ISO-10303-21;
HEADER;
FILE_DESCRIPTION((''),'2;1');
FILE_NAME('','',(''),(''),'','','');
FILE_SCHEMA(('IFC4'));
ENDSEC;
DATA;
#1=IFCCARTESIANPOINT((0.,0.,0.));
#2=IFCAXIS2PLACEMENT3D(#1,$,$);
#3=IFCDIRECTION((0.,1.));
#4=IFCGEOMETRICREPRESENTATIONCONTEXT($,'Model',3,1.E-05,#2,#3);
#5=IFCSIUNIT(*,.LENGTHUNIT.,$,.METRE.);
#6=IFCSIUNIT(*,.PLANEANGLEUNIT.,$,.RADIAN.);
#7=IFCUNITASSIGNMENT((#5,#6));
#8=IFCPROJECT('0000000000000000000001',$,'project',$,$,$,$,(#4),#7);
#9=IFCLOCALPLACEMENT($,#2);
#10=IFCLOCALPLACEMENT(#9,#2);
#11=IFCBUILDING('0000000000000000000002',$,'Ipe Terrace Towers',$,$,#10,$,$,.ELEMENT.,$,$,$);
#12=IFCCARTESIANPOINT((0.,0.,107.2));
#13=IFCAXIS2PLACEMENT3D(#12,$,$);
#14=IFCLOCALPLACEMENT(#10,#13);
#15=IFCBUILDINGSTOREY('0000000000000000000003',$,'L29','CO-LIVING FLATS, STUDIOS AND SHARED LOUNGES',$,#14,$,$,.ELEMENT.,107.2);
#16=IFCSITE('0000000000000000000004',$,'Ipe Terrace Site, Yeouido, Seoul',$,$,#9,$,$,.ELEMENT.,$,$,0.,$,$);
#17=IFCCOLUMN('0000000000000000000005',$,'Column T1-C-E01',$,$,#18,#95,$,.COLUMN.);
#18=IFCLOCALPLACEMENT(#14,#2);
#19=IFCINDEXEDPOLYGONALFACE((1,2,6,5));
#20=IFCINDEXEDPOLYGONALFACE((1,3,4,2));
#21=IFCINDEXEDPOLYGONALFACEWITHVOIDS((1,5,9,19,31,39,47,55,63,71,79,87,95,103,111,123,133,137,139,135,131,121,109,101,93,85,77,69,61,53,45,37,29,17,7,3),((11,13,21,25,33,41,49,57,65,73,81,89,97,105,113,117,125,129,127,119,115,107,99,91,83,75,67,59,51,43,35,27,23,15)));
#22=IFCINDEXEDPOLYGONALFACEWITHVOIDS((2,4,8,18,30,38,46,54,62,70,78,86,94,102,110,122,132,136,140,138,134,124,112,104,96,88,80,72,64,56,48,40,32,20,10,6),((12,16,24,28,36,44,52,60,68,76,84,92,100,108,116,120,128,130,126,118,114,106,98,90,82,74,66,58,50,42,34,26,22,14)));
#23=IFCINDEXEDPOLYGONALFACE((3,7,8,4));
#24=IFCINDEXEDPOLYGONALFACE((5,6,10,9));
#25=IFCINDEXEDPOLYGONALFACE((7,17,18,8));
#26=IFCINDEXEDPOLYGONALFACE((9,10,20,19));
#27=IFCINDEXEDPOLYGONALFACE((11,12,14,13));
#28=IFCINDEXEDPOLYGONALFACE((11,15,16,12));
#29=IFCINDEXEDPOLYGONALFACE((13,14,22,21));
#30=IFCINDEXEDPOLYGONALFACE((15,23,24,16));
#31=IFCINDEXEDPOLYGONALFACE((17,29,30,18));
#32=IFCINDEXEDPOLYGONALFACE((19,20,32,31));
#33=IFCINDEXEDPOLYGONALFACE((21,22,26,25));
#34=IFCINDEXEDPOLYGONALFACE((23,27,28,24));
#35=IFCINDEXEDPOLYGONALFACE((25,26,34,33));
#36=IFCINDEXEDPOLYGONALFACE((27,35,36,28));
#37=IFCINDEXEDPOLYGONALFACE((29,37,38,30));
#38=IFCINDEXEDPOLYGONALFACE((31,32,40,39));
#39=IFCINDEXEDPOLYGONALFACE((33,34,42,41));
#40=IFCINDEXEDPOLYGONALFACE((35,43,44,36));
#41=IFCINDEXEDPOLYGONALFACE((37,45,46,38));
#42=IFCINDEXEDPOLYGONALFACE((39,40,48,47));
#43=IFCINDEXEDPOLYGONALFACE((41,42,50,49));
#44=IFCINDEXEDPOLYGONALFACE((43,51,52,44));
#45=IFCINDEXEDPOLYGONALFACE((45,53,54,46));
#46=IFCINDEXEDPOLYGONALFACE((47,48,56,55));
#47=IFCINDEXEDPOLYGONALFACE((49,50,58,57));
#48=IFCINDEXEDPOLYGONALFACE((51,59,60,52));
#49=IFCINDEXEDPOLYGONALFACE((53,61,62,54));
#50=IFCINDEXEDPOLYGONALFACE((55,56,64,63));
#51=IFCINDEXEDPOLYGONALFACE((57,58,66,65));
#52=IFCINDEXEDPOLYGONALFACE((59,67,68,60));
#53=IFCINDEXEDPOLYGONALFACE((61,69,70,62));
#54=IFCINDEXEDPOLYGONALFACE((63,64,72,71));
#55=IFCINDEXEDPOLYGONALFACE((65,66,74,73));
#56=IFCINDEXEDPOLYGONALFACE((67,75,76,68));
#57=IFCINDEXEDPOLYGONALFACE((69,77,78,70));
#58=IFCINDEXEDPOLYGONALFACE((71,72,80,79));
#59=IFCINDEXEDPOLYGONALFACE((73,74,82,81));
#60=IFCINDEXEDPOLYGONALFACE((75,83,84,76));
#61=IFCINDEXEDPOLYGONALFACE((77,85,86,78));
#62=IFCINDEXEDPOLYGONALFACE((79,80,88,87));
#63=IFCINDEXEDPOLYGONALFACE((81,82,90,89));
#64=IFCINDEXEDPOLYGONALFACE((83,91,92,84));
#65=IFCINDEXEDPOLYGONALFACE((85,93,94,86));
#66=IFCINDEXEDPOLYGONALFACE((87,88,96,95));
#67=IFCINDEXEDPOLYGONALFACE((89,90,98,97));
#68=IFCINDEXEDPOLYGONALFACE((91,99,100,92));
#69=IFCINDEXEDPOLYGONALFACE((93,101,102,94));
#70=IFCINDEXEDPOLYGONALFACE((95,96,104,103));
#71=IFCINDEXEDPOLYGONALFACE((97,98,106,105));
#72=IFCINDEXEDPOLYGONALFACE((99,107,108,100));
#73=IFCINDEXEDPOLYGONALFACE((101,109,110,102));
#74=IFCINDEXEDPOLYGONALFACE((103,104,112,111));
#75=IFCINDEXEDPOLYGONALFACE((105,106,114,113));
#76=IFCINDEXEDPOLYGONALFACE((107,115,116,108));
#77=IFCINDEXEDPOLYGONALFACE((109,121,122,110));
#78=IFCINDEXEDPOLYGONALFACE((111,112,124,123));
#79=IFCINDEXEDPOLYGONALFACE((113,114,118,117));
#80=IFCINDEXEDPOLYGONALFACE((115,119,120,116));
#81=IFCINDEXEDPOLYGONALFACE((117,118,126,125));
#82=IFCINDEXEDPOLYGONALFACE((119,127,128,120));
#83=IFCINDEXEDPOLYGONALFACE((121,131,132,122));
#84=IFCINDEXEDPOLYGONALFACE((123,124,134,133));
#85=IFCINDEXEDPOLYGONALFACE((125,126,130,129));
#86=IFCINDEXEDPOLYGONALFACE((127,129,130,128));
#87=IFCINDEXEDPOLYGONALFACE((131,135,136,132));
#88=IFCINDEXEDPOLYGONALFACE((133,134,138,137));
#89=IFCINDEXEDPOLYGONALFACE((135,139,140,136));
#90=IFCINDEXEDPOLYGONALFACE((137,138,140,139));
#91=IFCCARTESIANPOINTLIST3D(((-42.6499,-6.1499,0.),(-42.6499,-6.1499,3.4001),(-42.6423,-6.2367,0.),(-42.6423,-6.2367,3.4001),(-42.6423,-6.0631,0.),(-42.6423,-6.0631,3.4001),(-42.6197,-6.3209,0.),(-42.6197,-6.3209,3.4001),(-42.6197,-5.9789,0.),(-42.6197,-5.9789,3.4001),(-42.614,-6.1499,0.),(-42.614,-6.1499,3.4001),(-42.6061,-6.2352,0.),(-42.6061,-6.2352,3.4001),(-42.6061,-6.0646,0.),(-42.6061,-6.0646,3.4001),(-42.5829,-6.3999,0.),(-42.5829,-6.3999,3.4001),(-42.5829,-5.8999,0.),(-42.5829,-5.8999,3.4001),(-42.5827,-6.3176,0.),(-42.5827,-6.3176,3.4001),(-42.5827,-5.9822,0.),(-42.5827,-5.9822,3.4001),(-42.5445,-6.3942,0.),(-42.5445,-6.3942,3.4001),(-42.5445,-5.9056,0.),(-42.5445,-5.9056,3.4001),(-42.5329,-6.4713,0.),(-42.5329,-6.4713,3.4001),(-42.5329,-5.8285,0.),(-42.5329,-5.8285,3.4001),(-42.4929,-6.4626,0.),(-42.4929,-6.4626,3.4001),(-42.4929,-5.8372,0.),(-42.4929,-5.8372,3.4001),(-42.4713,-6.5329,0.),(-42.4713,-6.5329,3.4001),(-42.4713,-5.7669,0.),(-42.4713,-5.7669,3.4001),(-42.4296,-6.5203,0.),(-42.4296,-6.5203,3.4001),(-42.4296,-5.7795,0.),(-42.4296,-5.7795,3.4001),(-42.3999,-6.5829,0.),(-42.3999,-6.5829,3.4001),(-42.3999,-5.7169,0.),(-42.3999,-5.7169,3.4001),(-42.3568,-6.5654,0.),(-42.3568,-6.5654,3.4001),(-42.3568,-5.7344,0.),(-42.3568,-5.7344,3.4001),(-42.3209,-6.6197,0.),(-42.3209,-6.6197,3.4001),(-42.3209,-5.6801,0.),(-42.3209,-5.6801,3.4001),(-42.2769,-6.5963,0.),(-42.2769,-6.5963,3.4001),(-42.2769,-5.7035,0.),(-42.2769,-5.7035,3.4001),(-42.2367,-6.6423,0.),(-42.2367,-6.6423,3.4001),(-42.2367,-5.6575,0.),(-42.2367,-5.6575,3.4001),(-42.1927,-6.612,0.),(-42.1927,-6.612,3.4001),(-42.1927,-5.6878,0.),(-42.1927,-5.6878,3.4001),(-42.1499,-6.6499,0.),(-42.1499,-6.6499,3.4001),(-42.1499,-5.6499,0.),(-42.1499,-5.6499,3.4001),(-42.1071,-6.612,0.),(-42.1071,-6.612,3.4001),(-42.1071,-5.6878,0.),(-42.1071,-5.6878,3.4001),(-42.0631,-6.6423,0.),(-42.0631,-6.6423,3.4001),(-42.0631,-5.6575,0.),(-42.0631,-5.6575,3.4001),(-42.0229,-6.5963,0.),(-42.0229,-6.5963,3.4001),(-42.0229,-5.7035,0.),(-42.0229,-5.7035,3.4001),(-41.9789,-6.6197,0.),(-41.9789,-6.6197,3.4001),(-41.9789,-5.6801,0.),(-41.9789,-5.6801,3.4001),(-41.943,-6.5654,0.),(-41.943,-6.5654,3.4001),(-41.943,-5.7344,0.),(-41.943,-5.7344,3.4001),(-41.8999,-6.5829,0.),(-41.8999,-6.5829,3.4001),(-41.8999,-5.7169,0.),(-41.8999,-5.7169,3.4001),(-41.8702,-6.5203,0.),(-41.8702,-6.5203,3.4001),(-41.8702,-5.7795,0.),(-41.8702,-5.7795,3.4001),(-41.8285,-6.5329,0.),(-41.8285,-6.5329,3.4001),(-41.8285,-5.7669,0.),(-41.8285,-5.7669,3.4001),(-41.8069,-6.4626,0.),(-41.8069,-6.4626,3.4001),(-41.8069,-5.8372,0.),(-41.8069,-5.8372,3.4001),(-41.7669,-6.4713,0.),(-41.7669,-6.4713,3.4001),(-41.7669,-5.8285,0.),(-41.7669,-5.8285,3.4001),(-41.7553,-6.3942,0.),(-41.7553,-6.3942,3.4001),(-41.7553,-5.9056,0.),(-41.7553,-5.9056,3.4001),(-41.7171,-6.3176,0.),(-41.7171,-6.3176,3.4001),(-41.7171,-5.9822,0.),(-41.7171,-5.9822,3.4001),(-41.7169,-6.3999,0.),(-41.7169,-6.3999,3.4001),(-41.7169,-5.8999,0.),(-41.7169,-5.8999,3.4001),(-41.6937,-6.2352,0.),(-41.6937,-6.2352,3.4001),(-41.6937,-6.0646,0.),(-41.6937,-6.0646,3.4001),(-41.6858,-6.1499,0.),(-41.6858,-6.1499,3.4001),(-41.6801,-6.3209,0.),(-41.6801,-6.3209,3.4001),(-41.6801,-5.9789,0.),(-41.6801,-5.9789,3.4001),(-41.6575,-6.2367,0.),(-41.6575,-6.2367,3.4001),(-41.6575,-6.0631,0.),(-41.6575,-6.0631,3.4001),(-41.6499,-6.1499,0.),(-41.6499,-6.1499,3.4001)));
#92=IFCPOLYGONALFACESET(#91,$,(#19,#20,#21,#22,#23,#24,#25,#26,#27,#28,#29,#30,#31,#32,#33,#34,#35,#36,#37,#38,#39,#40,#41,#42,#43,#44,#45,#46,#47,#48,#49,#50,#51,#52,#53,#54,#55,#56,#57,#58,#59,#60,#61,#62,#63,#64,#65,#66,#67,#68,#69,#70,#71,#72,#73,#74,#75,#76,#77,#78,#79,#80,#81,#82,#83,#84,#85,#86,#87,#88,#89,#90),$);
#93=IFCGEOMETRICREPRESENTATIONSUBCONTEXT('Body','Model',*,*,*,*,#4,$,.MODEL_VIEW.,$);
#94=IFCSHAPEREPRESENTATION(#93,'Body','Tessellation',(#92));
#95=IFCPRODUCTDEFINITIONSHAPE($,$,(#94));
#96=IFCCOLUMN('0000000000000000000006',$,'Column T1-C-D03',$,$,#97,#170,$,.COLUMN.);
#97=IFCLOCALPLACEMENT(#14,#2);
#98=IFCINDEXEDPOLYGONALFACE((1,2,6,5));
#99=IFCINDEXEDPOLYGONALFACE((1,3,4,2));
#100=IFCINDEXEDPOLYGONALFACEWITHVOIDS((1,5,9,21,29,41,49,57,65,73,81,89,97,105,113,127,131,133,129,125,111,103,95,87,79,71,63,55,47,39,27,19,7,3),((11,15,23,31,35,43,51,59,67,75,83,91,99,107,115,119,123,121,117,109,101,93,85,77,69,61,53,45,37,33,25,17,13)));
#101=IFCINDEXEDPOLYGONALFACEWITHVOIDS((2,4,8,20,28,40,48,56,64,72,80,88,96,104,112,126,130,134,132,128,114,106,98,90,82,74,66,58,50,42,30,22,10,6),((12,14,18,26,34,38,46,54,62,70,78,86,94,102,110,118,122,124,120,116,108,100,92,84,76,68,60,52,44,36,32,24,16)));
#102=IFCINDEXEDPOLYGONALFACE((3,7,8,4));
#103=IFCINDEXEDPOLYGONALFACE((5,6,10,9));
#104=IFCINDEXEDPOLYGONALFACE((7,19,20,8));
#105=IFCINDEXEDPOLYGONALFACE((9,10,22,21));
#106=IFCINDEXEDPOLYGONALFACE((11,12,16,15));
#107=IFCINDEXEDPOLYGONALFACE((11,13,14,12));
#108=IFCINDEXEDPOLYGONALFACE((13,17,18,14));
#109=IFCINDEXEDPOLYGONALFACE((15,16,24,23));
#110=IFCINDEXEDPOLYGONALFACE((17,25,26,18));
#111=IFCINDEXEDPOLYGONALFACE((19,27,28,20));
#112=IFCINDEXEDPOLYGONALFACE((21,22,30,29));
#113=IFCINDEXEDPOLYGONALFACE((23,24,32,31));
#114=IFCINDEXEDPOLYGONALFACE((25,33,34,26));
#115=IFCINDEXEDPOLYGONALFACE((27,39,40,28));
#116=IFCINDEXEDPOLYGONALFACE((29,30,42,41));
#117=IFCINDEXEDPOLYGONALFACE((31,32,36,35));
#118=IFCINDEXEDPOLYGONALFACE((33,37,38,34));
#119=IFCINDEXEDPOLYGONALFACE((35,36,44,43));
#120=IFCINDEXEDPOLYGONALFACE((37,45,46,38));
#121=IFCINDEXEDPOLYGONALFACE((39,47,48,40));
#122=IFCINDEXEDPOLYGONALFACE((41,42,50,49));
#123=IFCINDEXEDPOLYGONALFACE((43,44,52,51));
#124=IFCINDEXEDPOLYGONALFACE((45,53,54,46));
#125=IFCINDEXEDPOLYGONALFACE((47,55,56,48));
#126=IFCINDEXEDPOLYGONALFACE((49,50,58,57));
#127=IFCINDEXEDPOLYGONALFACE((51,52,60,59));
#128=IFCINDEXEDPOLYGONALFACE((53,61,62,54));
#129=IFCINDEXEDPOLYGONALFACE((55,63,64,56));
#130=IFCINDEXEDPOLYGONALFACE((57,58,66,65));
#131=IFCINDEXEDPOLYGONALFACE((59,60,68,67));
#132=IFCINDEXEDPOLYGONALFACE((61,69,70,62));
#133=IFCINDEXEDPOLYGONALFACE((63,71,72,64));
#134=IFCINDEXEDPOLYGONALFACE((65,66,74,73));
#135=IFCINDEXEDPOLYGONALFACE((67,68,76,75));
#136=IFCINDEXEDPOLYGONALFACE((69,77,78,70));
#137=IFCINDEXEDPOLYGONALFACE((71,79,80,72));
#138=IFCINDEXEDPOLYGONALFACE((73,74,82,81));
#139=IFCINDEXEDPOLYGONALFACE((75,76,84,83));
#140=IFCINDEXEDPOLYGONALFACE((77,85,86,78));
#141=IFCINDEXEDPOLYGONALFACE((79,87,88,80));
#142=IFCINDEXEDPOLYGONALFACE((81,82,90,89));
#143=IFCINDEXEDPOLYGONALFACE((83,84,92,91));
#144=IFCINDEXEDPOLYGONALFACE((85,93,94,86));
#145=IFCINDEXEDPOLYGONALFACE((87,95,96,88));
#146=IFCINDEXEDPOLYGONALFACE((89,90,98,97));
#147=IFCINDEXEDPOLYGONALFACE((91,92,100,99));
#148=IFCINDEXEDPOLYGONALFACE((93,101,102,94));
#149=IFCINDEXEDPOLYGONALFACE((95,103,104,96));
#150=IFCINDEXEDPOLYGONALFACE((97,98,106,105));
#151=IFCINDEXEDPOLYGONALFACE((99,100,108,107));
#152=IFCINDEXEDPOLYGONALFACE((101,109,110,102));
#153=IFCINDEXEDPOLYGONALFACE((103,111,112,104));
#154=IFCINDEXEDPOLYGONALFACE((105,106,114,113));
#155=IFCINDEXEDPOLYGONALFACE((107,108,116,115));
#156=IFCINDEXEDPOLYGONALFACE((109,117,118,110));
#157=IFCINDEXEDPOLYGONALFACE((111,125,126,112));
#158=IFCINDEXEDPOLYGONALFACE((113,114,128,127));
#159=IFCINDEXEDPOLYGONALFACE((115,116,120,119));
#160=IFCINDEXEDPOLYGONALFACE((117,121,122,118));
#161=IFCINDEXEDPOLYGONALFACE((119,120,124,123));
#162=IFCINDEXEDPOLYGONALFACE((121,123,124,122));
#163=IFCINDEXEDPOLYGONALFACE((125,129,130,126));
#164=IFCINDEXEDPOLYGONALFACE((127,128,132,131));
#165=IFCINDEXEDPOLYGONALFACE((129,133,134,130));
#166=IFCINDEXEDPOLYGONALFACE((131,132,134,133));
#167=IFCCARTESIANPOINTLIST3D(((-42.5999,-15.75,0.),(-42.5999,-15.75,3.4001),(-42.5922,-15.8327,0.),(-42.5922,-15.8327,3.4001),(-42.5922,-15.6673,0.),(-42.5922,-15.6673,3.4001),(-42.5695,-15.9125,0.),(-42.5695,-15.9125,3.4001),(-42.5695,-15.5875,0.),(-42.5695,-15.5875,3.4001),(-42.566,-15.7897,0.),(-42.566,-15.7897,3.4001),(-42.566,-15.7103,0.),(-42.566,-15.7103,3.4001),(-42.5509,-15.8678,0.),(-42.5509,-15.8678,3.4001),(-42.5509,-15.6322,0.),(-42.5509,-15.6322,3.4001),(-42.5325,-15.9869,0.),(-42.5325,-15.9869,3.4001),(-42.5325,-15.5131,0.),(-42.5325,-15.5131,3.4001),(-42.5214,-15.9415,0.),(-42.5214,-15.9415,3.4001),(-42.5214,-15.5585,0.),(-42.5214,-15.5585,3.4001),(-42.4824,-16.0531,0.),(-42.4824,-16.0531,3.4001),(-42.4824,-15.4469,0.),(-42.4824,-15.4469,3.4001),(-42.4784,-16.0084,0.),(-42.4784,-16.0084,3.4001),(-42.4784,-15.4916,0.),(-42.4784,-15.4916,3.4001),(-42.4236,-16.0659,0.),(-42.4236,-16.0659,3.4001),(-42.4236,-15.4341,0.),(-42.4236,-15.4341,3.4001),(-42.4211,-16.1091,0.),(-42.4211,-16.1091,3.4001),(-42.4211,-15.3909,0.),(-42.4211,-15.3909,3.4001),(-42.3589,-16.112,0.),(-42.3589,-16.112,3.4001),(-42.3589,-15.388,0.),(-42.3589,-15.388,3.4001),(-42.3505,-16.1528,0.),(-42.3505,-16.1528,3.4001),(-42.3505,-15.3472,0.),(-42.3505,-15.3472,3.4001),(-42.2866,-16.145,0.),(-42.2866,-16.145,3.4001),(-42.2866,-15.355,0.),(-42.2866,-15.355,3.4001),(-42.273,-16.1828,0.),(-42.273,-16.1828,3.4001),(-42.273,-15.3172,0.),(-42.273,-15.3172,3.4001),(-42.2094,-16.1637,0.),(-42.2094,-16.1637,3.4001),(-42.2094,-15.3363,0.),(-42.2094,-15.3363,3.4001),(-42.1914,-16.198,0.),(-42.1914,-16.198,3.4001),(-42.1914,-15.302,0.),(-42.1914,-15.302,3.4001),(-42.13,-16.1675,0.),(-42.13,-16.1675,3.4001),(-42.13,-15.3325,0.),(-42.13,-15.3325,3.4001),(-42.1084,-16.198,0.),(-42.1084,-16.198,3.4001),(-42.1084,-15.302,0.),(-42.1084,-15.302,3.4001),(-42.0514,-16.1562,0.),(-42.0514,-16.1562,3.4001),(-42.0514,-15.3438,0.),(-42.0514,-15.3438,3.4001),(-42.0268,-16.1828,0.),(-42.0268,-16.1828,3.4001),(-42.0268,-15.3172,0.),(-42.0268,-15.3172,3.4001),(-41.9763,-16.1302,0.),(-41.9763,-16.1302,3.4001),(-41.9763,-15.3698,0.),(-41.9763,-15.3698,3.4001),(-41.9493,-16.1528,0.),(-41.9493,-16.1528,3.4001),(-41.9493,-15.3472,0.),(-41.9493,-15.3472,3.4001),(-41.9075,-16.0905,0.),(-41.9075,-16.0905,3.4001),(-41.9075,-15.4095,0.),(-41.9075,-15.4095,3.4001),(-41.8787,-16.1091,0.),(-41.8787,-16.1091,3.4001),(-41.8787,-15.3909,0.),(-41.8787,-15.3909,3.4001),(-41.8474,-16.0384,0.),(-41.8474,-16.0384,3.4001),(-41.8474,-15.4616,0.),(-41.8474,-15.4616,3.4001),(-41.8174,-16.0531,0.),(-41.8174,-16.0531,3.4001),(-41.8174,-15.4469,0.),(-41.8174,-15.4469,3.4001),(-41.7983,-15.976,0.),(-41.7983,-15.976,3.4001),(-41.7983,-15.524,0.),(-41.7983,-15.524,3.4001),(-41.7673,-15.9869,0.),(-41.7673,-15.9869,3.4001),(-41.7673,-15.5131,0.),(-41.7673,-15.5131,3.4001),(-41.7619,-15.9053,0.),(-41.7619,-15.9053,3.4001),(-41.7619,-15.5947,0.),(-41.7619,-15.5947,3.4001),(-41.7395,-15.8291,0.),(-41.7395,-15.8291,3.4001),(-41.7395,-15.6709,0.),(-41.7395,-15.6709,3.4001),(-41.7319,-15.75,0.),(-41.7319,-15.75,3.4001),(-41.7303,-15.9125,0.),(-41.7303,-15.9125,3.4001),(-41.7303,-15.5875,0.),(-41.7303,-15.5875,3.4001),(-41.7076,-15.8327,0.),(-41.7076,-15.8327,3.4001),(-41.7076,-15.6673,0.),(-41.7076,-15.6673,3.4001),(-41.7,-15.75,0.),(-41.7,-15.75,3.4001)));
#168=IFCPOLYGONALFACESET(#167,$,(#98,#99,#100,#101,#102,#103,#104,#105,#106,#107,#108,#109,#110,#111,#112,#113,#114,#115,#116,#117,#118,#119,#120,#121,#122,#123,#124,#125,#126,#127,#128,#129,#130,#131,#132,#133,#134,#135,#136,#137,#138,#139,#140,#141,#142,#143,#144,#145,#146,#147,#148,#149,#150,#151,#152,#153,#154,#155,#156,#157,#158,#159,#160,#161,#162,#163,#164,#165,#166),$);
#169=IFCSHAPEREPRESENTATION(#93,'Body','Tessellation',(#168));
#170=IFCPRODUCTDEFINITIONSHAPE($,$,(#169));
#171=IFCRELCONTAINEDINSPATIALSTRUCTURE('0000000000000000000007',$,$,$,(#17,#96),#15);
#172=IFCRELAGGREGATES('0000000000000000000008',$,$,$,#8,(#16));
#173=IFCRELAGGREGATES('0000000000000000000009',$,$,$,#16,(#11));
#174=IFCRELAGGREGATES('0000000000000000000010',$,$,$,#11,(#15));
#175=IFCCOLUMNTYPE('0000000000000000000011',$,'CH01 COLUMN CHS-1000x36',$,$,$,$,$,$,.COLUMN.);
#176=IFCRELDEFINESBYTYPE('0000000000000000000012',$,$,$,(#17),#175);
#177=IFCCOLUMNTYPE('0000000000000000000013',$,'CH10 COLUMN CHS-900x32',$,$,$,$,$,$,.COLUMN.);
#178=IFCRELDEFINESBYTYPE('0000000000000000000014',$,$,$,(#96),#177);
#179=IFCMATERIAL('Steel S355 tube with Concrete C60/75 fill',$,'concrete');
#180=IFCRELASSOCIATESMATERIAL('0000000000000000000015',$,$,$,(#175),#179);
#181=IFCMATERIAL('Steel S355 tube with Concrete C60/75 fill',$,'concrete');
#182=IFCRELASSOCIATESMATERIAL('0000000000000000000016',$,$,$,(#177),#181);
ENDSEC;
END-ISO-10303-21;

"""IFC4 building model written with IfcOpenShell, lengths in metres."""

from ifc_helpers import new_model, si_unit, direction, frame, origin, origin_2d, place, context, subcontext, project, spatial, hollow_circle, extrude, material, material_profile, profile_set, type_object, element, save


model = new_model("IFC4")

# Units and contexts
model_context = context("Model", 3, precision=1e-05, world=origin(), true_north=direction((0.0, 1.0)))
body_context = subcontext(model_context, "Body", "Model", "MODEL_VIEW")
ifc_project = project(units=[si_unit("LENGTHUNIT", "METRE"), si_unit("PLANEANGLEUNIT", "RADIAN")], contexts=[model_context])

# Site, building, storey
site_placement = place(None, origin())
site = spatial("IfcSite", under=ifc_project, at=site_placement, Name="Ipe Terrace Site, Yeouido, Seoul", CompositionType="ELEMENT", RefElevation=0.0)
building_placement = place(site_placement, origin())
building = spatial("IfcBuilding", under=site, at=building_placement, Name="Ipe Terrace Towers", CompositionType="ELEMENT")
storey_placement = place(building_placement, frame((0.0, 0.0, 107.2)))
storey = spatial("IfcBuildingStorey", under=building, at=storey_placement, Name="L29", Description="CO-LIVING FLATS, STUDIOS AND SHARED LOUNGES", CompositionType="ELEMENT", Elevation=107.2)

# Columns
ifc_material_1 = material(Name="Steel S355 tube with Concrete C60/75 fill", Category="concrete")
ifc_material_profile_1 = material_profile(ifc_material_1, hollow_circle(Radius=0.5, WallThickness=0.0359, at=origin_2d()), Name="CHS-1000x36")
ifc_profile_set_1 = profile_set([ifc_material_profile_1], Name="Steel S355 tube with Concrete C60/75 fill")
column_type_1 = type_object("IfcColumnType", Name="CH01 COLUMN CHS-1000x36", PredefinedType="COLUMN", material=ifc_profile_set_1)
column_placement = place(storey_placement, frame((-42.1499, -6.1499, 0.0), z_axis=(0.0, 0.0, 1.0), x_axis=(1.0, 0.0, 0.0)))
element("IfcColumn", 1, at=column_placement, inside=storey, type_object=column_type_1, Name="Column T1-C-E01", PredefinedType="COLUMN", context=body_context, shape_type="SweptSolid", body=[
    extrude(hollow_circle(Radius=0.5, WallThickness=0.0359, at=origin_2d()), origin(), (0.0, 0.0, 1.0), 3.4001),
])
ifc_material_2 = material(Name="Steel S355 tube with Concrete C60/75 fill", Category="concrete")
ifc_material_profile_2 = material_profile(ifc_material_2, hollow_circle(Radius=0.45, WallThickness=0.032, at=origin_2d()), Name="CHS-900x32")
ifc_profile_set_2 = profile_set([ifc_material_profile_2], Name="Steel S355 tube with Concrete C60/75 fill")
column_type_2 = type_object("IfcColumnType", Name="CH10 COLUMN CHS-900x32", PredefinedType="COLUMN", material=ifc_profile_set_2)
for number, where, z_axis, x_axis, name in (
    (2, (-42.1499, -15.75, 0.0), (0.0, 0.0, 1.0), (1.0, 0.0, 0.0), "Column T1-C-D03"),
):
    element("IfcColumn", number, at=place(storey_placement, frame(where, z_axis=z_axis, x_axis=x_axis)), inside=storey, type_object=column_type_2, Name=name, PredefinedType="COLUMN", context=body_context, shape_type="SweptSolid", body=[
        extrude(hollow_circle(Radius=0.45, WallThickness=0.032, at=origin_2d()), origin(), (0.0, 0.0, 1.0), 3.4001),
    ])

save(model, "model.ifc")
